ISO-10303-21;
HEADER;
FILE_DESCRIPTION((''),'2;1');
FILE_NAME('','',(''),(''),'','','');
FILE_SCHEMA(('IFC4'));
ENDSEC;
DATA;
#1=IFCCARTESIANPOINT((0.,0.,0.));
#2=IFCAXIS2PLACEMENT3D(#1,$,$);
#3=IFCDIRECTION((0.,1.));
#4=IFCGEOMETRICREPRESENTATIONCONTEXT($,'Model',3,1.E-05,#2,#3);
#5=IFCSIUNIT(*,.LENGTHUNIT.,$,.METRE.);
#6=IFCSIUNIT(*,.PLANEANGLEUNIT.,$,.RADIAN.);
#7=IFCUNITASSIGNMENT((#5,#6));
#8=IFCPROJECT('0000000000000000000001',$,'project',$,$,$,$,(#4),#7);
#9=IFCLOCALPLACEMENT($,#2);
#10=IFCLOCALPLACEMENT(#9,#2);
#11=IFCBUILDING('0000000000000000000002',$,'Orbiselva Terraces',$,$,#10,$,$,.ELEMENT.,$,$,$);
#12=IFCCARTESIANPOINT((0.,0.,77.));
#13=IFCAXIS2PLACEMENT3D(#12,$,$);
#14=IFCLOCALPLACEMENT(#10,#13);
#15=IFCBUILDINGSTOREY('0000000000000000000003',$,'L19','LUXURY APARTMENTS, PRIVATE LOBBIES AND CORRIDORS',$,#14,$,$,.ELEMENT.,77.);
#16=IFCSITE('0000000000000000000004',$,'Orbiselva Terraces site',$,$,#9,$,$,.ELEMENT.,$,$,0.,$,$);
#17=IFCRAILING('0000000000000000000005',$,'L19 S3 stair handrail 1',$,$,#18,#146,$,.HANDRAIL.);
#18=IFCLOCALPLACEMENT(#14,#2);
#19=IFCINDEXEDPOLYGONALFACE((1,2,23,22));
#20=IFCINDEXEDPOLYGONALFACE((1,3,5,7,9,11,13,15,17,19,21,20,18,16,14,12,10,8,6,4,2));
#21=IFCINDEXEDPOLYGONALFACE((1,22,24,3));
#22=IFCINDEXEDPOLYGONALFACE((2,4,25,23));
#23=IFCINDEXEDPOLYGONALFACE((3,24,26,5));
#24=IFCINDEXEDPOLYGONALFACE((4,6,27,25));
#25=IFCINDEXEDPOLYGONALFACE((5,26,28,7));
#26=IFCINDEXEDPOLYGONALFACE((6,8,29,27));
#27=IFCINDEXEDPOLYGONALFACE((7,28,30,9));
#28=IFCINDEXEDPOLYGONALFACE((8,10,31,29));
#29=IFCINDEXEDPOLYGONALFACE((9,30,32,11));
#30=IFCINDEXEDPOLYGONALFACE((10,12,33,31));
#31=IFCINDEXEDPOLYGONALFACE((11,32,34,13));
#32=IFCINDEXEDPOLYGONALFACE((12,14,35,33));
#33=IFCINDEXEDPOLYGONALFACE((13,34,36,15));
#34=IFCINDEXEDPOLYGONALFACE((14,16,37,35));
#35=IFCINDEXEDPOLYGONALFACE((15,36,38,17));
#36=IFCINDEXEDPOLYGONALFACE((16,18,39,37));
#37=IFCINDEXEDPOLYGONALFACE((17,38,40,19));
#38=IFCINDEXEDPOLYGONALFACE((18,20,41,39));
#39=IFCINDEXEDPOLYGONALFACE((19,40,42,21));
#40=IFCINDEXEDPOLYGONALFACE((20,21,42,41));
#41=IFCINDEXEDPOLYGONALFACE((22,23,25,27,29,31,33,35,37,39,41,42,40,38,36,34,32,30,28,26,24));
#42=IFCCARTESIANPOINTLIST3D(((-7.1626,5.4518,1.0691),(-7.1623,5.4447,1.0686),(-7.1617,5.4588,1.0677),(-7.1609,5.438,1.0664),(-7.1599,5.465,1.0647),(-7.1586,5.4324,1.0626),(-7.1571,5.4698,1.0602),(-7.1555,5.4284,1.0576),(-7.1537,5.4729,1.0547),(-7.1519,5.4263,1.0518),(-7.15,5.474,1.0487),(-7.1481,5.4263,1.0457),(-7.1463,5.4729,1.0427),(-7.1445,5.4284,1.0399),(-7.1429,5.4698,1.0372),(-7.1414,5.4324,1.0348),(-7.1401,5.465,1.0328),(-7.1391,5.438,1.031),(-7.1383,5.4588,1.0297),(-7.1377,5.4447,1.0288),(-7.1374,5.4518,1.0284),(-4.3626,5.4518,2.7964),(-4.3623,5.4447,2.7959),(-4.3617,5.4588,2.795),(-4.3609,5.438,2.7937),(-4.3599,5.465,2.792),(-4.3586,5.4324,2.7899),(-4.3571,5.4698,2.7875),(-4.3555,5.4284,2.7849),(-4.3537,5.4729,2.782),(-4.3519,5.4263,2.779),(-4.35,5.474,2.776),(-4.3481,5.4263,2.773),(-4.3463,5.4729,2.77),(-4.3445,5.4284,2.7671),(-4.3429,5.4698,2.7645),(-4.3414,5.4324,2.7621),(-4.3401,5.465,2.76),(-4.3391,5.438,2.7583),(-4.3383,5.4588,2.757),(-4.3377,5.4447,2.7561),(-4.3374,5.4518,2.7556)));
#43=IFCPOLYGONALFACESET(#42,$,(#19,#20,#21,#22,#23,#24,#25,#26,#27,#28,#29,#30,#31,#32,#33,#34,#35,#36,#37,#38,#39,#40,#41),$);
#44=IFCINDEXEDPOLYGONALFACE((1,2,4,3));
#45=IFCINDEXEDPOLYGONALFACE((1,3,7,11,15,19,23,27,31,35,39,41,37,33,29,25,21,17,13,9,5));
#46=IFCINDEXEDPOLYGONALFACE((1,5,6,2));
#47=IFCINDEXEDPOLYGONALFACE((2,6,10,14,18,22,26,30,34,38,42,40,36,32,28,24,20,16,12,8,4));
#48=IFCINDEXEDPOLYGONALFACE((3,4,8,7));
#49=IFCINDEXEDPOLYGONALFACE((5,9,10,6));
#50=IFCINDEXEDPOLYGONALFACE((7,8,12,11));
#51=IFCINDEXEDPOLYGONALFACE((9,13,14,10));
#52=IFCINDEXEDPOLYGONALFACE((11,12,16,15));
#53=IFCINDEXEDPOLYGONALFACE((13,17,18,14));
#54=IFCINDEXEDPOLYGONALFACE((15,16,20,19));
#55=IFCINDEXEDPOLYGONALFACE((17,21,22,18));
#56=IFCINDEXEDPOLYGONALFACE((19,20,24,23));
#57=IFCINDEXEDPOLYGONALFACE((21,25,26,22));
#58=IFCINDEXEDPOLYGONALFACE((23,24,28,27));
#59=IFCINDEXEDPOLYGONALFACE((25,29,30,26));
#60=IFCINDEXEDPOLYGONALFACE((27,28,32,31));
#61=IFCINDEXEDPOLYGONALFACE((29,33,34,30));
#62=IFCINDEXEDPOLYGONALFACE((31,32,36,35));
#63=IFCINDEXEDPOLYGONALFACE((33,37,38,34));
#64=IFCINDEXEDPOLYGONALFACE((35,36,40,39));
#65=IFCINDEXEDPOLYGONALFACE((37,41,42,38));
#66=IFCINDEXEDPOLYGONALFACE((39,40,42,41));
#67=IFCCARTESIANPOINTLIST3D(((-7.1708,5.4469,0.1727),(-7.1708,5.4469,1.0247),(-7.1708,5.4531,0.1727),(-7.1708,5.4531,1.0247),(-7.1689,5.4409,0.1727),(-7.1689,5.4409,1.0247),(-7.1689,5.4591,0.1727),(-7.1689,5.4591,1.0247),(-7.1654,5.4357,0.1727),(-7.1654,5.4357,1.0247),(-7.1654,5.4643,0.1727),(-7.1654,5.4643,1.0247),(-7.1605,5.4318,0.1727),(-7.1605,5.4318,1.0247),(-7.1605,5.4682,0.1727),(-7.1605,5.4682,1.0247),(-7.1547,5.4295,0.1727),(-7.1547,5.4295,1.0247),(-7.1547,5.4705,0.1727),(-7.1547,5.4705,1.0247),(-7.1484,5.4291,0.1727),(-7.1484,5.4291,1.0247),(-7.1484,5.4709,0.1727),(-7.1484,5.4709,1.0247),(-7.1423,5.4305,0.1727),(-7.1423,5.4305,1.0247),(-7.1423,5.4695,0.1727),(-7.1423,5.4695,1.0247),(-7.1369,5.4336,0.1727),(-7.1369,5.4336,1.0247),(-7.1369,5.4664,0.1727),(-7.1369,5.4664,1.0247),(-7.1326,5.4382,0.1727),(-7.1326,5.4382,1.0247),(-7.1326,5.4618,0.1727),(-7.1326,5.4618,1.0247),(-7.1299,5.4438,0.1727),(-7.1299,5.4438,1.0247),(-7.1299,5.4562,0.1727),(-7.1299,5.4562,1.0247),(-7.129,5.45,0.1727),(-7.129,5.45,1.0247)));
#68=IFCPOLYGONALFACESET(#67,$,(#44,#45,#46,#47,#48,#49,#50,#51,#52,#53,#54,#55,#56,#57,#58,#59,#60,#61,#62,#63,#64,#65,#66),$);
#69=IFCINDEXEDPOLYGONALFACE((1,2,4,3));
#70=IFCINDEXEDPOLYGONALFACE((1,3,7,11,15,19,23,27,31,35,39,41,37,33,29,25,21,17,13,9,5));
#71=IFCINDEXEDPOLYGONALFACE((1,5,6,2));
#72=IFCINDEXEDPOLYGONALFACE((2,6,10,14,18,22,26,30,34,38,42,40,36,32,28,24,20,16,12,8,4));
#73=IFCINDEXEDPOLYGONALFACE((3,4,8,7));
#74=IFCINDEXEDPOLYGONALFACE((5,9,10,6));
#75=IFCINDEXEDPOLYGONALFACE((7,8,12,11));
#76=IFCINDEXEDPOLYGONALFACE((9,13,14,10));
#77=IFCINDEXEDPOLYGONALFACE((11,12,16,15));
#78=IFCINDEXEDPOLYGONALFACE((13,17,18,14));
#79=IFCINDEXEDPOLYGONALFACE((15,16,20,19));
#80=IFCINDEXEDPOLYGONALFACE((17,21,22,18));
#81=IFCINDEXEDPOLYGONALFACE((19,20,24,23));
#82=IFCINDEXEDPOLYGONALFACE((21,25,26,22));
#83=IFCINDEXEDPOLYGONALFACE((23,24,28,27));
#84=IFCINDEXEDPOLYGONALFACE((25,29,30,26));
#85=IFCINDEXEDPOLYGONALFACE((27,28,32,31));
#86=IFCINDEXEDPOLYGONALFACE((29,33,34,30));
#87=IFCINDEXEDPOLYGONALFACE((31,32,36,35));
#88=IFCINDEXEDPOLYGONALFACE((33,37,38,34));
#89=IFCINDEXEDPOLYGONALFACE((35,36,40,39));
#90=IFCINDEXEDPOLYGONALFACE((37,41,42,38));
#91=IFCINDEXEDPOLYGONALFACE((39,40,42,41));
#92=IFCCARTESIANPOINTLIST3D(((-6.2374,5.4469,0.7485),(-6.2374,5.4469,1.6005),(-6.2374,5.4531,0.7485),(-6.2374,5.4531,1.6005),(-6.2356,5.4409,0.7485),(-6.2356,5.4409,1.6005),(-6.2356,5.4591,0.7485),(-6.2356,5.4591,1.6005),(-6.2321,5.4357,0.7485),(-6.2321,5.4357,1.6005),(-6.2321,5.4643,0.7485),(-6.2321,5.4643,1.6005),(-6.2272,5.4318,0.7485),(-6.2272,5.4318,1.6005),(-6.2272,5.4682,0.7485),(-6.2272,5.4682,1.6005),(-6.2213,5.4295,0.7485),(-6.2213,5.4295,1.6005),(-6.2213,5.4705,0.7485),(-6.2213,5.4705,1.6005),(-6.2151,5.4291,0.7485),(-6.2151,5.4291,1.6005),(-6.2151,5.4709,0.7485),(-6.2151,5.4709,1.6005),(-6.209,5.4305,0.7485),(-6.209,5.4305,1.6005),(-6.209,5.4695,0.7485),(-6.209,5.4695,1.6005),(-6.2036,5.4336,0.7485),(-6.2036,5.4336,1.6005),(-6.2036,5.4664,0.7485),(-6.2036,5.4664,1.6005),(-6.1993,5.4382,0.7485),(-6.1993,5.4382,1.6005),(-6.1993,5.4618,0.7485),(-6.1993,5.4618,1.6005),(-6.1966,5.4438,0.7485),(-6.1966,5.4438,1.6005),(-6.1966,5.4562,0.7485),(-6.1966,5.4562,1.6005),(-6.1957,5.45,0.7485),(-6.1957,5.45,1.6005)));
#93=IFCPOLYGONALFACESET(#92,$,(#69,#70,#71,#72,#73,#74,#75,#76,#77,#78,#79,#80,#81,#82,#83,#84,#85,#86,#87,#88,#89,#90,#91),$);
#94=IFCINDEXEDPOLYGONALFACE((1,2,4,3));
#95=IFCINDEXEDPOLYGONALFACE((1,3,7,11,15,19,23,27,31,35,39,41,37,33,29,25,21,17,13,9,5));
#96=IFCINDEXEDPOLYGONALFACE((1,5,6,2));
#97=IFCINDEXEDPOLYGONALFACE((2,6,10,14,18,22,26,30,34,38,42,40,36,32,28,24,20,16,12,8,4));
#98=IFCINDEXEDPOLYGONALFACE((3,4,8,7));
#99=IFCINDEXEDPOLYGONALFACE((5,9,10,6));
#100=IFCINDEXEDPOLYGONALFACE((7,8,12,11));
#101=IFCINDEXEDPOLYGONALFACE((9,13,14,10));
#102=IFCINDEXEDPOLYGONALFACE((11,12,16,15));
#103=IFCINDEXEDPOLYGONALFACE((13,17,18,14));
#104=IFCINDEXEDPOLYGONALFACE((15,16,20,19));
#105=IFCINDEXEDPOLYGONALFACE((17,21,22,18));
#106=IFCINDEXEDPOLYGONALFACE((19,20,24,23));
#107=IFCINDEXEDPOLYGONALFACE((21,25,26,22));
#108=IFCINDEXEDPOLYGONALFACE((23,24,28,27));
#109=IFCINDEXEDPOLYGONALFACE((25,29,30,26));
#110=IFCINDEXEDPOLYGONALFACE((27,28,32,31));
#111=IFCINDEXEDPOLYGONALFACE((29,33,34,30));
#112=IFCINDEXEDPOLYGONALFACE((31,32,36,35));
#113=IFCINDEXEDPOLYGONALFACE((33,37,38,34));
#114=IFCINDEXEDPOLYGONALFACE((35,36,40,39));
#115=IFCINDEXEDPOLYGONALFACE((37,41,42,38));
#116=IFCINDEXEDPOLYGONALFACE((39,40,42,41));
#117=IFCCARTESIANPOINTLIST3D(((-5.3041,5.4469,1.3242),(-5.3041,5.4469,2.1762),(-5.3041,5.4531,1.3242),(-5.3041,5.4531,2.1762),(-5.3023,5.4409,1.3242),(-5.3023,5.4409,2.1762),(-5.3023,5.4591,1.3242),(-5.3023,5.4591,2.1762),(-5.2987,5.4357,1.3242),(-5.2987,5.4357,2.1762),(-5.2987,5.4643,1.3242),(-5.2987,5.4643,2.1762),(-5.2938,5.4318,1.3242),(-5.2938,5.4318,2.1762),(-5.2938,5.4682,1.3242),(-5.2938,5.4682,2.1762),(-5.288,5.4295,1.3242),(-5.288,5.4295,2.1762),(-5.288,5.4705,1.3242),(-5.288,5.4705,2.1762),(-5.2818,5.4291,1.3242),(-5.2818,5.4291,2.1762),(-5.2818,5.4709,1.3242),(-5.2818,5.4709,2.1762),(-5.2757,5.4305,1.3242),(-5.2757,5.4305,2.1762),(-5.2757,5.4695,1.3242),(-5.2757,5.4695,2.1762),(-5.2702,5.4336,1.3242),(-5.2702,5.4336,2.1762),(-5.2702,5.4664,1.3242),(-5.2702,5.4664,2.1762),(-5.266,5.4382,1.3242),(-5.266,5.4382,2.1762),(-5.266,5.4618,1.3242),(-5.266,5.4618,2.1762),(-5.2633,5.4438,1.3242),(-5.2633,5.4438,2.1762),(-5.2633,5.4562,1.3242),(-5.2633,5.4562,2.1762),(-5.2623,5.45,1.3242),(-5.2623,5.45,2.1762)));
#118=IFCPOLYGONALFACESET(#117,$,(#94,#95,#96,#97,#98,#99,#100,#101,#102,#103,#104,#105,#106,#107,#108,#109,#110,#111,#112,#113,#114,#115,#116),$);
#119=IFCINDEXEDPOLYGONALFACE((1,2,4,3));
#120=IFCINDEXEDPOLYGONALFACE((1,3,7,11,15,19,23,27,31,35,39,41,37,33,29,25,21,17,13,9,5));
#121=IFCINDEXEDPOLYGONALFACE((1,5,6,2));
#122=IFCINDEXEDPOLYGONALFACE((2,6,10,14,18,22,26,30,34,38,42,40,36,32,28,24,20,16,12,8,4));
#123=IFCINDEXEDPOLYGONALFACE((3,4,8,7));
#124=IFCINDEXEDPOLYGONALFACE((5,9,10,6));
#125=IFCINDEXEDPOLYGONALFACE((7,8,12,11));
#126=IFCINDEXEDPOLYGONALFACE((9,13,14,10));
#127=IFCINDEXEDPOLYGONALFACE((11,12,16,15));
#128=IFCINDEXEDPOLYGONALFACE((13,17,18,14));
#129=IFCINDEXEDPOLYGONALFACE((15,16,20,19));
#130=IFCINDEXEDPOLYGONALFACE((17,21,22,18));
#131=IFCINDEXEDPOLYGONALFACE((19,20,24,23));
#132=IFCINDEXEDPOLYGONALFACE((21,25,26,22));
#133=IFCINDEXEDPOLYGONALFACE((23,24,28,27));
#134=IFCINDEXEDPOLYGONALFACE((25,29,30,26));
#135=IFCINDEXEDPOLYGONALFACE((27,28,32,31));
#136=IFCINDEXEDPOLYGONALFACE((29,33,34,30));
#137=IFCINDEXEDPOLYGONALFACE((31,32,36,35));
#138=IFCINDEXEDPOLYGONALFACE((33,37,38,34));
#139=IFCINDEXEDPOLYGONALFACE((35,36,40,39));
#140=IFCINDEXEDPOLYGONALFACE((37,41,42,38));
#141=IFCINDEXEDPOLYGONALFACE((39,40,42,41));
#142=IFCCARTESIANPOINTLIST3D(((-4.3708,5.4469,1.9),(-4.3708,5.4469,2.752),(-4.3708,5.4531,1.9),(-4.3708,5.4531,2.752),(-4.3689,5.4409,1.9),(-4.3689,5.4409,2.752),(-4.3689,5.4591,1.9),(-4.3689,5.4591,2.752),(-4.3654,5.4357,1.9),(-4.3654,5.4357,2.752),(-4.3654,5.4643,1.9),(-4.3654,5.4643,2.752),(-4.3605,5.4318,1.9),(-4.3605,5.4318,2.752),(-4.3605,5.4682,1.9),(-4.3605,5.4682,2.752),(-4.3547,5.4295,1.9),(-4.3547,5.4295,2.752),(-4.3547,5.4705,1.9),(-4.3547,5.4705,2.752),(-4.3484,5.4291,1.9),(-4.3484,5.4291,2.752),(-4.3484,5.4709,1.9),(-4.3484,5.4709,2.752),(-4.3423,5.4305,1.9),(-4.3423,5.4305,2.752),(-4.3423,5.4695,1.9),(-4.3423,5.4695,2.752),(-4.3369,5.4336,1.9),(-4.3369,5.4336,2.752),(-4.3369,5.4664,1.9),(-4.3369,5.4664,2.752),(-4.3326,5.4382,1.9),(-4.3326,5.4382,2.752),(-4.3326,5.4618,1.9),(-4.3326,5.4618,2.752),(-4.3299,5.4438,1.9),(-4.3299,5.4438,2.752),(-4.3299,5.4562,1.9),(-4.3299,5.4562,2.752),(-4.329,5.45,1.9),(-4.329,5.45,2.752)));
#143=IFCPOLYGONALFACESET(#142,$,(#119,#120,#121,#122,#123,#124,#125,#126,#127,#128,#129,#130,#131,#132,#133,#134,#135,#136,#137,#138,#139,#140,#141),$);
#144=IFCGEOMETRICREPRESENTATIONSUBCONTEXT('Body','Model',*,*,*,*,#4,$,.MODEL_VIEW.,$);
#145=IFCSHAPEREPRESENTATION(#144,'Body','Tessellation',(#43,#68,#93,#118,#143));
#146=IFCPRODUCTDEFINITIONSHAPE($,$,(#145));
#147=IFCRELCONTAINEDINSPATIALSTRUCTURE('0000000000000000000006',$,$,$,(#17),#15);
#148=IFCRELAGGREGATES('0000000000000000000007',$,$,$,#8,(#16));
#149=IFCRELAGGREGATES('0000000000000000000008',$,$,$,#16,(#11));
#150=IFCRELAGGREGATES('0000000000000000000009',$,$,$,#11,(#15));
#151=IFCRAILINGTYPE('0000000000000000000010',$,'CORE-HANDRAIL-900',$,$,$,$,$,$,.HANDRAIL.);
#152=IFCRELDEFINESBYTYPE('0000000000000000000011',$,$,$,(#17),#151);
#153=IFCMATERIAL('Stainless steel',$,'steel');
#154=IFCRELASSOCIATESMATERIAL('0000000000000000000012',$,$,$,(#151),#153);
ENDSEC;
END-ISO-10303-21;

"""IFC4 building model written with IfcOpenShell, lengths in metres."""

from ifc_helpers import new_model, si_unit, direction, frame, origin, origin_2d, place, context, subcontext, project, spatial, circle, extrude, material, type_object, element, save


model = new_model("IFC4")

# Units and contexts
model_context = context("Model", 3, precision=1e-05, world=origin(), true_north=direction((0.0, 1.0)))
body_context = subcontext(model_context, "Body", "Model", "MODEL_VIEW")
ifc_project = project(units=[si_unit("LENGTHUNIT", "METRE"), si_unit("PLANEANGLEUNIT", "RADIAN")], contexts=[model_context])

# Site, building, storey
site_placement = place(None, origin())
site = spatial("IfcSite", under=ifc_project, at=site_placement, Name="Orbiselva Terraces site", CompositionType="ELEMENT", RefElevation=0.0)
building_placement = place(site_placement, origin())
building = spatial("IfcBuilding", under=site, at=building_placement, Name="Orbiselva Terraces", CompositionType="ELEMENT")
storey_placement = place(building_placement, frame((0.0, 0.0, 77.0)))
storey = spatial("IfcBuildingStorey", under=building, at=storey_placement, Name="L19", Description="LUXURY APARTMENTS, PRIVATE LOBBIES AND CORRIDORS", CompositionType="ELEMENT", Elevation=77.0)

# Railing
ifc_material_1 = material(Name="Stainless steel", Category="steel")
railing_type_1 = type_object("IfcRailingType", Name="CORE-HANDRAIL-900", PredefinedType="HANDRAIL", material=ifc_material_1)
railing_1_placement = place(storey_placement, frame((-7.15, 5.45, 0.1727)))
element("IfcRailing", 1, at=railing_1_placement, inside=storey, type_object=railing_type_1, Name="L19 S3 stair handrail 1", PredefinedType="HANDRAIL", context=body_context, shape_type="SweptSolid", body=[
    extrude(circle(Radius=0.024, at=origin_2d()), frame((0.0, 0.0, 0.876), z_axis=(0.851089, 0.0, 0.525022), x_axis=(0.0, 1.0, 0.0)), (0.0, 0.0, 1.0), 3.2899),
    extrude(circle(Radius=0.021, at=origin_2d()), origin(), (0.0, 0.0, 1.0), 0.852),
    extrude(circle(Radius=0.021, at=origin_2d()), frame((0.9333, 0.0, 0.5758)), (0.0, 0.0, 1.0), 0.852),
    extrude(circle(Radius=0.021, at=origin_2d()), frame((1.8667, 0.0, 1.1515)), (0.0, 0.0, 1.0), 0.852),
    extrude(circle(Radius=0.021, at=origin_2d()), frame((2.8, 0.0, 1.7273)), (0.0, 0.0, 1.0), 0.852),
])

save(model, "model.ifc")
